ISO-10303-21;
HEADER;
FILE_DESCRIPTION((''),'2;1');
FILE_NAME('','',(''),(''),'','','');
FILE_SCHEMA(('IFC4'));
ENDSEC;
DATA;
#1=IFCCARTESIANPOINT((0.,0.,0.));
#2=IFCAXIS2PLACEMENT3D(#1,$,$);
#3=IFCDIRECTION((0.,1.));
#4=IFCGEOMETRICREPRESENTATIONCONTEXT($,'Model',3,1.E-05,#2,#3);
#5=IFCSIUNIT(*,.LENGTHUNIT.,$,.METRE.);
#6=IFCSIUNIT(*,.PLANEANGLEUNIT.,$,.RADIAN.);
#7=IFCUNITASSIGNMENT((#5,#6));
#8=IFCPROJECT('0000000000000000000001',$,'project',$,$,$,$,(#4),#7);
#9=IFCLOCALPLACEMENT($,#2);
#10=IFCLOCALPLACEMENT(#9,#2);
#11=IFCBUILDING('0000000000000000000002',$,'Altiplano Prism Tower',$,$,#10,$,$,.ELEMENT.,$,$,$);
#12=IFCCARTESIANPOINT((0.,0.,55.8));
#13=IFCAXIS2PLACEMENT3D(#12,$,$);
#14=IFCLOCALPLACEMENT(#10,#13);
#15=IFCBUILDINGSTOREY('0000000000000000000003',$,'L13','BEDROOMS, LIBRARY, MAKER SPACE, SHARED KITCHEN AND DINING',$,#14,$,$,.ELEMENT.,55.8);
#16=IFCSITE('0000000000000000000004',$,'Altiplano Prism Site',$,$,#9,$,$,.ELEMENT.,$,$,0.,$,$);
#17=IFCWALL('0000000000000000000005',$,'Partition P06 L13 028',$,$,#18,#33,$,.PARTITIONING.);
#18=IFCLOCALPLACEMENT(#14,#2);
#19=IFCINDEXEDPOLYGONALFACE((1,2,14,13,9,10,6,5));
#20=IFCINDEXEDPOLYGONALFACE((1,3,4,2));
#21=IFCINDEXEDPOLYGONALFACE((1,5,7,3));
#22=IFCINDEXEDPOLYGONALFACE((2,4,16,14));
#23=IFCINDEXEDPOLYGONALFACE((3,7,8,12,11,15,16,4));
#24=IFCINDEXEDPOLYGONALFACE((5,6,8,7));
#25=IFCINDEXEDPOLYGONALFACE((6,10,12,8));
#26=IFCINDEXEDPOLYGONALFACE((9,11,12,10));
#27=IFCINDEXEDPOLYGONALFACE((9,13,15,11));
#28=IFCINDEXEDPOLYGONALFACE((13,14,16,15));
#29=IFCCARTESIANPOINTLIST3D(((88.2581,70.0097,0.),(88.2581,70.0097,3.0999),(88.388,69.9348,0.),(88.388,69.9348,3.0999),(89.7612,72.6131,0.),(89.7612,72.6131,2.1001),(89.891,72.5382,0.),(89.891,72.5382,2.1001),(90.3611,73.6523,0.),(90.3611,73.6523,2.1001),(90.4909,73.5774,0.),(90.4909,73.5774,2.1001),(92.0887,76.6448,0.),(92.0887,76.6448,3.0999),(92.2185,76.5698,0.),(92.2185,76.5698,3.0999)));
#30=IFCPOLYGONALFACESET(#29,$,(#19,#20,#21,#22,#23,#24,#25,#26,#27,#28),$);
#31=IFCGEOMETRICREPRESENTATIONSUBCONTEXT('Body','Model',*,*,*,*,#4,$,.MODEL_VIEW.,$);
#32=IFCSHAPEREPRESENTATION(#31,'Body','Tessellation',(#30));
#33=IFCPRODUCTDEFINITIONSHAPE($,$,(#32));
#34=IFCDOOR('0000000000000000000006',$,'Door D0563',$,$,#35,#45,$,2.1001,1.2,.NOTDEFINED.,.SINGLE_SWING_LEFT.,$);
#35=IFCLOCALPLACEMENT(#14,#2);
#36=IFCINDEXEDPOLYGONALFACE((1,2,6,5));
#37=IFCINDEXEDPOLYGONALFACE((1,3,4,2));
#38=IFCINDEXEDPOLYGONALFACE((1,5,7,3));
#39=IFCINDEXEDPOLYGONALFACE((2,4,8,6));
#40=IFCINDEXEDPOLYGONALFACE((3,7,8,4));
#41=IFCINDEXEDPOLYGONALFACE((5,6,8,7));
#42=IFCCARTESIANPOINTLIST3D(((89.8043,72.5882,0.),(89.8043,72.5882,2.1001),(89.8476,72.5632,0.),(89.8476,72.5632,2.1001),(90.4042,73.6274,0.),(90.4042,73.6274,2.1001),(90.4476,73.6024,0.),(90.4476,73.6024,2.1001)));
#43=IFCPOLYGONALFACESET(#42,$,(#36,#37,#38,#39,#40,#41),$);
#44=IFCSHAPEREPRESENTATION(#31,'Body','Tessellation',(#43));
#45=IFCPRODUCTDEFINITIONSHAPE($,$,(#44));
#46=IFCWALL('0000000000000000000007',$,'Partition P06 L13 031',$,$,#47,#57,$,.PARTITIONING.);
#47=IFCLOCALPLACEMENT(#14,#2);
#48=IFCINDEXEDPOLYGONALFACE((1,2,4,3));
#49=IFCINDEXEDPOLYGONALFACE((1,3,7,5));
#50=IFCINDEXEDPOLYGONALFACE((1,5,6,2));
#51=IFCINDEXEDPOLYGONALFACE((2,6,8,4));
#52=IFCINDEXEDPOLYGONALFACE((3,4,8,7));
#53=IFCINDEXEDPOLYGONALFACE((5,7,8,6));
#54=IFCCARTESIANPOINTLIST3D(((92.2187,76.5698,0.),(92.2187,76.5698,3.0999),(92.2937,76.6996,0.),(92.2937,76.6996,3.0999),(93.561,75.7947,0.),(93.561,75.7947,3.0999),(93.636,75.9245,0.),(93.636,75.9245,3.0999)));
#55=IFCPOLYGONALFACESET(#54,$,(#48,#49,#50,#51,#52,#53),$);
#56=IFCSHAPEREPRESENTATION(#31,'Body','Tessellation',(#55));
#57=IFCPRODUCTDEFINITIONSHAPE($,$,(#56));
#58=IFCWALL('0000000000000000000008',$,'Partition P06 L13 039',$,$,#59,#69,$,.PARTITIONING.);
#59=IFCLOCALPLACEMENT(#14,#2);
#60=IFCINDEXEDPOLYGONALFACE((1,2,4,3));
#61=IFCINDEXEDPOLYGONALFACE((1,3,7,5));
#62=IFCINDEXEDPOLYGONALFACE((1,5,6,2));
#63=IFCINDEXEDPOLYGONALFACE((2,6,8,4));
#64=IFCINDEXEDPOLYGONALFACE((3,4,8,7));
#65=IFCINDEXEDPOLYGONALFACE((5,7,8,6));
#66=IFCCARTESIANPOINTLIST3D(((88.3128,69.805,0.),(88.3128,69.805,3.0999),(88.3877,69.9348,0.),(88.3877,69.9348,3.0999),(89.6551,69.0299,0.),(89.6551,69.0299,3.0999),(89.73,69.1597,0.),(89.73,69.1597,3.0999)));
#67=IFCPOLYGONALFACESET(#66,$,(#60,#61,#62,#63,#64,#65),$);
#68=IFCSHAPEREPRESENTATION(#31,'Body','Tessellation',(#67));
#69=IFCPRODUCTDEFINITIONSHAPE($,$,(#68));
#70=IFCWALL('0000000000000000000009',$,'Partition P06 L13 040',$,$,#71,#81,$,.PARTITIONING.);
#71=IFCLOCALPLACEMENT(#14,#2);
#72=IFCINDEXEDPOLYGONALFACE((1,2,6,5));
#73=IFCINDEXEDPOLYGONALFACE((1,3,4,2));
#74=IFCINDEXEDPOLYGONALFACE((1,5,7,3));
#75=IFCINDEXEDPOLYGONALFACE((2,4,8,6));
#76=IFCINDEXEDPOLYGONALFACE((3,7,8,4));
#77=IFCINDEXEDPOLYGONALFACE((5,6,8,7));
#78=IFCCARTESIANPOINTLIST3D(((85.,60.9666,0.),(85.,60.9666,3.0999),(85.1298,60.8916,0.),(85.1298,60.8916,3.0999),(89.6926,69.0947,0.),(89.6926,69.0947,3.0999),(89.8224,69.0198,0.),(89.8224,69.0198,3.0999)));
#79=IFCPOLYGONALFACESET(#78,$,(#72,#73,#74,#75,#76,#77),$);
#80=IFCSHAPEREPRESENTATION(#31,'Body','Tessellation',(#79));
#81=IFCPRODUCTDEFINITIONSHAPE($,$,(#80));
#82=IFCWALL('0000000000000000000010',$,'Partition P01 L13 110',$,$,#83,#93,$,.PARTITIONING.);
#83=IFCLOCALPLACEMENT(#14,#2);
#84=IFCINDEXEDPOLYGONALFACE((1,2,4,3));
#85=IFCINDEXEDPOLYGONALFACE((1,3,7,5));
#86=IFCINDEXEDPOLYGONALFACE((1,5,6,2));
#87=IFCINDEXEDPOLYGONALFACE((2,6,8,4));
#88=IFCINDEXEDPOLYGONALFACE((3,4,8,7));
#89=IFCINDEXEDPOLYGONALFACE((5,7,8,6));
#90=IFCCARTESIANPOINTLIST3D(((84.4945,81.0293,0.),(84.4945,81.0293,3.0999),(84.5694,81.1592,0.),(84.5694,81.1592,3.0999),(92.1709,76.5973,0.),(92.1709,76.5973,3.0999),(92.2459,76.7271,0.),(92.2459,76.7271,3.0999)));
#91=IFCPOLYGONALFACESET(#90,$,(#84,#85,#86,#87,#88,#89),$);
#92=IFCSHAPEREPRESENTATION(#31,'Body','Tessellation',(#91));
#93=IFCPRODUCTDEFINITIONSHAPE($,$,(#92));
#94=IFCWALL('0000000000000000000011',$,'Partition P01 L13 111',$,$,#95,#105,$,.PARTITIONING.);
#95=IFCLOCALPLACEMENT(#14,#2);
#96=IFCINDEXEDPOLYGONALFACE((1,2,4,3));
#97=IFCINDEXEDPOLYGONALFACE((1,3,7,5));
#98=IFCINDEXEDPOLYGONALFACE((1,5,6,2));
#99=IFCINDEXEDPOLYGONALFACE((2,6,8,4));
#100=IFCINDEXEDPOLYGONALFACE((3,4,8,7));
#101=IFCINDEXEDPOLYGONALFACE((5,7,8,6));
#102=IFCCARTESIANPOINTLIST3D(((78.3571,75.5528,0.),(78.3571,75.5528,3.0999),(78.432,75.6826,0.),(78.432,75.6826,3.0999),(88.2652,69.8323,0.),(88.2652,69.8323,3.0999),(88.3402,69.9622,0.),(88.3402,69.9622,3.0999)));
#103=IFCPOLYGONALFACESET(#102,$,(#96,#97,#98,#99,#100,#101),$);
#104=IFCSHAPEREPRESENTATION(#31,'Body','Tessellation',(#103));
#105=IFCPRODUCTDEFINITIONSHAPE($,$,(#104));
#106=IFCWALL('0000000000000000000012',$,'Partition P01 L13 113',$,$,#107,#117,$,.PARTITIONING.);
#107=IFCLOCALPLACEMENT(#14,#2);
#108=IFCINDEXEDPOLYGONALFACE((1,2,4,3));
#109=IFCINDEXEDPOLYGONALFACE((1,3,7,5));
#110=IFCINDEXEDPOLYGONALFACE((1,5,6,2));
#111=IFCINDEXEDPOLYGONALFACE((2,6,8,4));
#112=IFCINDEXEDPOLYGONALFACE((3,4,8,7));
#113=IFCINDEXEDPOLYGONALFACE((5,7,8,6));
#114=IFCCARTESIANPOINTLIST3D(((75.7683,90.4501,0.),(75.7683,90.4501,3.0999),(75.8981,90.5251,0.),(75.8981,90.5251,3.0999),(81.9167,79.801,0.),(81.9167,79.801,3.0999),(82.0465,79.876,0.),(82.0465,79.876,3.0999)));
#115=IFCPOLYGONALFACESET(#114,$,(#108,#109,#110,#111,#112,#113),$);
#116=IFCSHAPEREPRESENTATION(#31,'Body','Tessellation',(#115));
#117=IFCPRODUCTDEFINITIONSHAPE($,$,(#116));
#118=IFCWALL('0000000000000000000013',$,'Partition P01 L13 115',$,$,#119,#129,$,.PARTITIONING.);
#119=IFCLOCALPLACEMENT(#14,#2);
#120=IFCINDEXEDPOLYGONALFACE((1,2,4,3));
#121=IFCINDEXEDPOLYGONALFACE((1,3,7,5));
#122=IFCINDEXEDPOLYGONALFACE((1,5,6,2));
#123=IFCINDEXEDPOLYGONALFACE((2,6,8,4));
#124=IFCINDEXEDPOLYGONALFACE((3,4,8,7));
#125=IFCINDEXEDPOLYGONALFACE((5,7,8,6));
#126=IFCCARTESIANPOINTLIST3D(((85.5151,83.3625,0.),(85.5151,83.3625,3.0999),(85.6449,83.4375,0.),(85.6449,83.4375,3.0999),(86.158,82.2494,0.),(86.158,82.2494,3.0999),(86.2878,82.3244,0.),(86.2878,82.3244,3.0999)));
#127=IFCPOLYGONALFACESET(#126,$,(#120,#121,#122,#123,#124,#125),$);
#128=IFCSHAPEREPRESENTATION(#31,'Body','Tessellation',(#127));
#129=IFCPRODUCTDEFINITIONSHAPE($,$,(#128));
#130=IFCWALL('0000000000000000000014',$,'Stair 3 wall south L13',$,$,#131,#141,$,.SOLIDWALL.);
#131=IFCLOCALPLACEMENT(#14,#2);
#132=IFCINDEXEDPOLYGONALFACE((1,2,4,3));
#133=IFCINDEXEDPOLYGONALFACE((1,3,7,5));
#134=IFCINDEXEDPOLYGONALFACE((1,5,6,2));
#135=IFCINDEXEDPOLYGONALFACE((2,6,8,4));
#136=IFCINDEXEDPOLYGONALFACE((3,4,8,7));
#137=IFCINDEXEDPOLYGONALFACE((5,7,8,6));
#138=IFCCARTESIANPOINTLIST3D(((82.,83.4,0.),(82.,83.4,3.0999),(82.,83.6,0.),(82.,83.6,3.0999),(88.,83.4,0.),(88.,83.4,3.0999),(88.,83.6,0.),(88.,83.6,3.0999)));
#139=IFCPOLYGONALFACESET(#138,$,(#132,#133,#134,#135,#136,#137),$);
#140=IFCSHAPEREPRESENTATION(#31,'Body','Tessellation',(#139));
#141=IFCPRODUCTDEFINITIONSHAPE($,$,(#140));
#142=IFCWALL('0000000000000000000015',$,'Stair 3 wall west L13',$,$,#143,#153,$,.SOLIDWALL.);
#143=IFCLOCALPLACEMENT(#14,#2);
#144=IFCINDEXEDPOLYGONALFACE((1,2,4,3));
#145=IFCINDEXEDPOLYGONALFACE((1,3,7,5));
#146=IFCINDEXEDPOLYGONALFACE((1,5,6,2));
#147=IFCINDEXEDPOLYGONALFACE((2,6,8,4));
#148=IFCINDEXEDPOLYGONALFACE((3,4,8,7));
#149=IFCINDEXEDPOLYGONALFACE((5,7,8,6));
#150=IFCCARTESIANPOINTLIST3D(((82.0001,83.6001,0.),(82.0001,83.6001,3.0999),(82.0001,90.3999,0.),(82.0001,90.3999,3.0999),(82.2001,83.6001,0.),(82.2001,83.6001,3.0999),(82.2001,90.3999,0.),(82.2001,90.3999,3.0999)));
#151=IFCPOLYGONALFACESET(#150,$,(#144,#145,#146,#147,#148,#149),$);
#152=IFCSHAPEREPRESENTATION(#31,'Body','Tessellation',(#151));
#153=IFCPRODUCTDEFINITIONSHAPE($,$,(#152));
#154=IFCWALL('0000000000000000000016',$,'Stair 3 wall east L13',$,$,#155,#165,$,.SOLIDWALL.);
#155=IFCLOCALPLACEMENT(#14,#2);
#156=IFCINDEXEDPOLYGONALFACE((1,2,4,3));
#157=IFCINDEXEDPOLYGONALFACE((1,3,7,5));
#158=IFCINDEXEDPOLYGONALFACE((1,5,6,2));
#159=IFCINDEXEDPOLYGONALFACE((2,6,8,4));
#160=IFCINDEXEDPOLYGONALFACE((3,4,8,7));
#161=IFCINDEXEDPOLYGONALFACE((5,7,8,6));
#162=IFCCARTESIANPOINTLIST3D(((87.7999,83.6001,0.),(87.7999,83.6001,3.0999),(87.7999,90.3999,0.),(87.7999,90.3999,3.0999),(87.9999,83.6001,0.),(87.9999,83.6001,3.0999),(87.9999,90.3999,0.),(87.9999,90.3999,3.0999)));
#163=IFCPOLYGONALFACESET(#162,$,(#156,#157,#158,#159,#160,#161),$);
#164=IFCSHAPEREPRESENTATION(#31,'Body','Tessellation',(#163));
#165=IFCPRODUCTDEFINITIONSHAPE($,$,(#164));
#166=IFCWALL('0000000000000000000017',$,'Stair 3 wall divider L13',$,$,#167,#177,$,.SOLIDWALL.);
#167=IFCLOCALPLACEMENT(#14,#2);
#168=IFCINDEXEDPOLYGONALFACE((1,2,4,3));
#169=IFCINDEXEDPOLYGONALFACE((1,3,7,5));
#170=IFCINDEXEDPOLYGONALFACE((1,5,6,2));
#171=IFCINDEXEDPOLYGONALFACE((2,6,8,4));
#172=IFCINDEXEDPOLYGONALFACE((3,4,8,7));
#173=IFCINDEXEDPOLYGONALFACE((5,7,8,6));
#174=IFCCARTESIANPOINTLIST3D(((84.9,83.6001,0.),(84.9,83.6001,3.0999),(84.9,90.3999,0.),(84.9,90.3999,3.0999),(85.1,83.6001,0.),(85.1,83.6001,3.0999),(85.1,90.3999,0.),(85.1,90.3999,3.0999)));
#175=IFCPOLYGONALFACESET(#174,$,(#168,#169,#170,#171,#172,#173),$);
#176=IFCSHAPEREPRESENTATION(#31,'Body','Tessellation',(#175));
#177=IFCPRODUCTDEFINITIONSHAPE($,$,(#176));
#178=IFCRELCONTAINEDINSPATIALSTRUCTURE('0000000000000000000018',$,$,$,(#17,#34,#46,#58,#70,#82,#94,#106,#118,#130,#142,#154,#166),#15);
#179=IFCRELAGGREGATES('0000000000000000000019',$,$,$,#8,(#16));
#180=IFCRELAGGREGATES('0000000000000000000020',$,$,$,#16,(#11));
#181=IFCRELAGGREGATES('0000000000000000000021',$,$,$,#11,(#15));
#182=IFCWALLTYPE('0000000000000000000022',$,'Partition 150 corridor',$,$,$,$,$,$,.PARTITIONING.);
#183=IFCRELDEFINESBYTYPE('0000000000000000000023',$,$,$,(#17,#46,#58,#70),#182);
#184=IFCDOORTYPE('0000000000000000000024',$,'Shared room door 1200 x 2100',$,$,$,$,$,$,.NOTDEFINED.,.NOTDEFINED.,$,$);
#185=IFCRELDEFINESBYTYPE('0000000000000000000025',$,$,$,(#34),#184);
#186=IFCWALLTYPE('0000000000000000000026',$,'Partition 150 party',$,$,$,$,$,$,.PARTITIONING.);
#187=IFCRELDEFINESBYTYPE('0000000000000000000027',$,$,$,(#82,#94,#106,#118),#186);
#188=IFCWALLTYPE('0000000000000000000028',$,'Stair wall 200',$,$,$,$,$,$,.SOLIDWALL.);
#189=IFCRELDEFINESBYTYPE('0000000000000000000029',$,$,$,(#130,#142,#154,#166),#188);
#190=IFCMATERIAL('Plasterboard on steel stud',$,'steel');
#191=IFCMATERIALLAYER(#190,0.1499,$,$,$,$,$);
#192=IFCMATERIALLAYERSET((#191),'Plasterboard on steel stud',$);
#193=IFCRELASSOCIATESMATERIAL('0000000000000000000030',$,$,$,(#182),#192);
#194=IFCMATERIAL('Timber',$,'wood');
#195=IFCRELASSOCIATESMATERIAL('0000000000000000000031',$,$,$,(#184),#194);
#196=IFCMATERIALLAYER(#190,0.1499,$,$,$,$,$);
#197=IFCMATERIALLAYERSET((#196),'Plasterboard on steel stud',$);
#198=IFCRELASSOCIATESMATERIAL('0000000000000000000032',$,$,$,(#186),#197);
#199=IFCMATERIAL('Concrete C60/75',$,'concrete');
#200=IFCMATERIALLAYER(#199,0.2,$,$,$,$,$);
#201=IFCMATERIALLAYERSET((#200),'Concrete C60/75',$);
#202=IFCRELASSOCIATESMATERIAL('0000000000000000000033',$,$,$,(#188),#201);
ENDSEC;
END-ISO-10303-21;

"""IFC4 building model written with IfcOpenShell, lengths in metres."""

from ifc_helpers import new_model, si_unit, direction, frame, frame_2d, origin, place, context, subcontext, project, spatial, rectangle, extrude, material, layer, layer_set, type_object, element, fill, save


model = new_model("IFC4")

# Units and contexts
model_context = context("Model", 3, precision=1e-05, world=origin(), true_north=direction((0.0, 1.0)))
body_context = subcontext(model_context, "Body", "Model", "MODEL_VIEW")
ifc_project = project(units=[si_unit("LENGTHUNIT", "METRE"), si_unit("PLANEANGLEUNIT", "RADIAN")], contexts=[model_context])

# Site, building, storey
site_placement = place(None, origin())
site = spatial("IfcSite", under=ifc_project, at=site_placement, Name="Altiplano Prism Site", CompositionType="ELEMENT", RefElevation=0.0)
building_placement = place(site_placement, origin())
building = spatial("IfcBuilding", under=site, at=building_placement, Name="Altiplano Prism Tower", CompositionType="ELEMENT")
storey_placement = place(building_placement, frame((0.0, 0.0, 55.8)))
storey = spatial("IfcBuildingStorey", under=building, at=storey_placement, Name="L13", Description="BEDROOMS, LIBRARY, MAKER SPACE, SHARED KITCHEN AND DINING", CompositionType="ELEMENT", Elevation=55.8)

# Shared definitions
ifc_material_1 = material(Name="Concrete C60/75", Category="concrete")

# Shared definitions
ifc_material_2 = material(Name="Plasterboard on steel stud", Category="steel")
ifc_material_3 = material(Name="Timber", Category="wood")

# Wall, opening, door
ifc_layer_1 = layer(ifc_material_2, 0.1499)
ifc_layer_set_1 = layer_set([ifc_layer_1], Name="Plasterboard on steel stud")
wall_type_1 = type_object("IfcWallType", Name="Partition 150 corridor", PredefinedType="PARTITIONING", material=ifc_layer_set_1)
wall_1_placement = place(storey_placement, frame((92.1536, 76.6072, 0.0), z_axis=(0.0, 0.0, 1.0), x_axis=(-0.499985, -0.866034, 0.0)))
wall_1 = element("IfcWall", 1, at=wall_1_placement, inside=storey, type_object=wall_type_1, Name="Partition P06 L13 028", PredefinedType="PARTITIONING", context=body_context, shape_type="SweptSolid", body=[
    extrude(rectangle(XDim=7.6614, YDim=0.1499, at=frame_2d((3.8306, 0.0))), origin(), (0.0, 0.0, 1.0), 3.0999),
])
opening_1_placement = place(wall_1_placement, frame((3.4551, 0.0, 0.0)))
opening_1 = element("IfcOpeningElement", 2, at=opening_1_placement, cuts=wall_1, PredefinedType="OPENING", context=body_context, shape_type="SweptSolid", body=[
    extrude(rectangle(XDim=1.2, YDim=2.1001, at=frame_2d((0.6001, 1.05))), frame((0.0, 0.0854, 0.0), z_axis=(0.0, -1.0, 0.0), x_axis=(1.0, 0.0, 0.0)), (0.0, 0.0, 1.0), 0.1709),
])
door_type_1 = type_object("IfcDoorType", Name="Shared room door 1200 x 2100", OperationType="NOTDEFINED", PredefinedType="NOTDEFINED", material=ifc_material_3)
door_1_placement = place(opening_1_placement, origin())
door_1 = element("IfcDoor", 3, at=door_1_placement, inside=storey, type_object=door_type_1, Name="Door D0563", OperationType="SINGLE_SWING_LEFT", OverallHeight=2.1001, OverallWidth=1.2, PredefinedType="NOTDEFINED", context=body_context, shape_type="SweptSolid", body=[
    extrude(rectangle(XDim=1.2, YDim=2.1001, at=frame_2d((0.6001, 1.05))), frame((0.0, 0.0249, 0.0), z_axis=(0.0, -1.0, 0.0), x_axis=(1.0, 0.0, 0.0)), (0.0, 0.0, 1.0), 0.05),
])
fill(opening_1, door_1)

# Walls
for number, where, z_axis, x_axis, name in (
    (4, (93.5984, 75.8596, 0.0), (0.0, 0.0, 1.0), (-0.865976, 0.500086, 0.0), "Partition P06 L13 031"),
    (5, (88.3503, 69.8699, 0.0), (0.0, 0.0, 1.0), (0.865976, -0.500086, 0.0), "Partition P06 L13 039"),
):
    element("IfcWall", number, at=place(storey_placement, frame(where, z_axis=z_axis, x_axis=x_axis)), inside=storey, type_object=wall_type_1, Name=name, PredefinedType="PARTITIONING", context=body_context, shape_type="SweptSolid", body=[
        extrude(rectangle(XDim=1.55, YDim=0.1499, at=frame_2d((0.7749, 0.0))), origin(), (0.0, 0.0, 1.0), 3.0999),
    ])
wall_2_placement = place(storey_placement, frame((89.7576, 69.0574, 0.0), z_axis=(0.0, 0.0, 1.0), x_axis=(-0.499986, -0.866034, 0.0)))
element("IfcWall", 6, at=wall_2_placement, inside=storey, type_object=wall_type_1, Name="Partition P06 L13 040", PredefinedType="PARTITIONING", context=body_context, shape_type="SweptSolid", body=[
    extrude(rectangle(XDim=9.3855, YDim=0.1499, at=frame_2d((4.6929, 0.0))), origin(), (0.0, 0.0, 1.0), 3.0999),
])
ifc_layer_2 = layer(ifc_material_2, 0.1499)
ifc_layer_set_2 = layer_set([ifc_layer_2], Name="Plasterboard on steel stud")
wall_type_2 = type_object("IfcWallType", Name="Partition 150 party", PredefinedType="PARTITIONING", material=ifc_layer_set_2)
wall_3_placement = place(storey_placement, frame((92.2085, 76.6621, 0.0), z_axis=(0.0, 0.0, 1.0), x_axis=(-0.866021, 0.500008, 0.0)))
element("IfcWall", 7, at=wall_3_placement, inside=storey, type_object=wall_type_2, Name="Partition P01 L13 110", PredefinedType="PARTITIONING", context=body_context, shape_type="SweptSolid", body=[
    extrude(rectangle(XDim=8.864, YDim=0.1499, at=frame_2d((4.4321, 0.0))), origin(), (0.0, 0.0, 1.0), 3.0999),
])
wall_4_placement = place(storey_placement, frame((78.3945, 75.6177, 0.0), z_axis=(0.0, 0.0, 1.0), x_axis=(0.866027, -0.499997, 0.0)))
element("IfcWall", 8, at=wall_4_placement, inside=storey, type_object=wall_type_2, Name="Partition P01 L13 111", PredefinedType="PARTITIONING", context=body_context, shape_type="SweptSolid", body=[
    extrude(rectangle(XDim=11.4409, YDim=0.1499, at=frame_2d((5.7205, 0.0))), origin(), (0.0, 0.0, 1.0), 3.0999),
])
wall_5_placement = place(storey_placement, frame((81.9817, 79.8384, 0.0), z_axis=(0.0, 0.0, 1.0), x_axis=(-0.500008, 0.866021, 0.0)))
element("IfcWall", 9, at=wall_5_placement, inside=storey, type_object=wall_type_2, Name="Partition P01 L13 113", PredefinedType="PARTITIONING", context=body_context, shape_type="SweptSolid", body=[
    extrude(rectangle(XDim=12.2966, YDim=0.1499, at=frame_2d((6.1484, 0.0))), origin(), (0.0, 0.0, 1.0), 3.0999),
])
wall_6_placement = place(storey_placement, frame((85.5801, 83.3999, 0.0), z_axis=(0.0, 0.0, 1.0), x_axis=(0.500123, -0.865955, 0.0)))
element("IfcWall", 10, at=wall_6_placement, inside=storey, type_object=wall_type_2, Name="Partition P01 L13 115", PredefinedType="PARTITIONING", context=body_context, shape_type="SweptSolid", body=[
    extrude(rectangle(XDim=1.2854, YDim=0.1499, at=frame_2d((0.6426, 0.0))), origin(), (0.0, 0.0, 1.0), 3.0999),
])
ifc_layer_3 = layer(ifc_material_1, 0.2)
ifc_layer_set_3 = layer_set([ifc_layer_3], Name="Concrete C60/75")
wall_type_3 = type_object("IfcWallType", Name="Stair wall 200", PredefinedType="SOLIDWALL", material=ifc_layer_set_3)
wall_7_placement = place(storey_placement, frame((82.0, 83.5, 0.0), z_axis=(0.0, 0.0, 1.0), x_axis=(1.0, 0.0, 0.0)))
element("IfcWall", 11, at=wall_7_placement, inside=storey, type_object=wall_type_3, Name="Stair 3 wall south L13", PredefinedType="SOLIDWALL", context=body_context, shape_type="SweptSolid", body=[
    extrude(rectangle(XDim=6.0, YDim=0.2, at=frame_2d((3.0, 0.0))), origin(), (0.0, 0.0, 1.0), 3.0999),
])
for number, where, z_axis, x_axis, name in (
    (12, (82.1001, 83.6001, 0.0), (0.0, 0.0, 1.0), (0.0, 1.0, 0.0), "Stair 3 wall west L13"),
    (13, (87.8999, 83.6001, 0.0), (0.0, 0.0, 1.0), (0.0, 1.0, 0.0), "Stair 3 wall east L13"),
    (14, (85.0, 83.6001, 0.0), (0.0, 0.0, 1.0), (0.0, 1.0, 0.0), "Stair 3 wall divider L13"),
):
    element("IfcWall", number, at=place(storey_placement, frame(where, z_axis=z_axis, x_axis=x_axis)), inside=storey, type_object=wall_type_3, Name=name, PredefinedType="SOLIDWALL", context=body_context, shape_type="SweptSolid", body=[
        extrude(rectangle(XDim=6.7998, YDim=0.2, at=frame_2d((3.3999, 0.0))), origin(), (0.0, 0.0, 1.0), 3.0999),
    ])

save(model, "model.ifc")
